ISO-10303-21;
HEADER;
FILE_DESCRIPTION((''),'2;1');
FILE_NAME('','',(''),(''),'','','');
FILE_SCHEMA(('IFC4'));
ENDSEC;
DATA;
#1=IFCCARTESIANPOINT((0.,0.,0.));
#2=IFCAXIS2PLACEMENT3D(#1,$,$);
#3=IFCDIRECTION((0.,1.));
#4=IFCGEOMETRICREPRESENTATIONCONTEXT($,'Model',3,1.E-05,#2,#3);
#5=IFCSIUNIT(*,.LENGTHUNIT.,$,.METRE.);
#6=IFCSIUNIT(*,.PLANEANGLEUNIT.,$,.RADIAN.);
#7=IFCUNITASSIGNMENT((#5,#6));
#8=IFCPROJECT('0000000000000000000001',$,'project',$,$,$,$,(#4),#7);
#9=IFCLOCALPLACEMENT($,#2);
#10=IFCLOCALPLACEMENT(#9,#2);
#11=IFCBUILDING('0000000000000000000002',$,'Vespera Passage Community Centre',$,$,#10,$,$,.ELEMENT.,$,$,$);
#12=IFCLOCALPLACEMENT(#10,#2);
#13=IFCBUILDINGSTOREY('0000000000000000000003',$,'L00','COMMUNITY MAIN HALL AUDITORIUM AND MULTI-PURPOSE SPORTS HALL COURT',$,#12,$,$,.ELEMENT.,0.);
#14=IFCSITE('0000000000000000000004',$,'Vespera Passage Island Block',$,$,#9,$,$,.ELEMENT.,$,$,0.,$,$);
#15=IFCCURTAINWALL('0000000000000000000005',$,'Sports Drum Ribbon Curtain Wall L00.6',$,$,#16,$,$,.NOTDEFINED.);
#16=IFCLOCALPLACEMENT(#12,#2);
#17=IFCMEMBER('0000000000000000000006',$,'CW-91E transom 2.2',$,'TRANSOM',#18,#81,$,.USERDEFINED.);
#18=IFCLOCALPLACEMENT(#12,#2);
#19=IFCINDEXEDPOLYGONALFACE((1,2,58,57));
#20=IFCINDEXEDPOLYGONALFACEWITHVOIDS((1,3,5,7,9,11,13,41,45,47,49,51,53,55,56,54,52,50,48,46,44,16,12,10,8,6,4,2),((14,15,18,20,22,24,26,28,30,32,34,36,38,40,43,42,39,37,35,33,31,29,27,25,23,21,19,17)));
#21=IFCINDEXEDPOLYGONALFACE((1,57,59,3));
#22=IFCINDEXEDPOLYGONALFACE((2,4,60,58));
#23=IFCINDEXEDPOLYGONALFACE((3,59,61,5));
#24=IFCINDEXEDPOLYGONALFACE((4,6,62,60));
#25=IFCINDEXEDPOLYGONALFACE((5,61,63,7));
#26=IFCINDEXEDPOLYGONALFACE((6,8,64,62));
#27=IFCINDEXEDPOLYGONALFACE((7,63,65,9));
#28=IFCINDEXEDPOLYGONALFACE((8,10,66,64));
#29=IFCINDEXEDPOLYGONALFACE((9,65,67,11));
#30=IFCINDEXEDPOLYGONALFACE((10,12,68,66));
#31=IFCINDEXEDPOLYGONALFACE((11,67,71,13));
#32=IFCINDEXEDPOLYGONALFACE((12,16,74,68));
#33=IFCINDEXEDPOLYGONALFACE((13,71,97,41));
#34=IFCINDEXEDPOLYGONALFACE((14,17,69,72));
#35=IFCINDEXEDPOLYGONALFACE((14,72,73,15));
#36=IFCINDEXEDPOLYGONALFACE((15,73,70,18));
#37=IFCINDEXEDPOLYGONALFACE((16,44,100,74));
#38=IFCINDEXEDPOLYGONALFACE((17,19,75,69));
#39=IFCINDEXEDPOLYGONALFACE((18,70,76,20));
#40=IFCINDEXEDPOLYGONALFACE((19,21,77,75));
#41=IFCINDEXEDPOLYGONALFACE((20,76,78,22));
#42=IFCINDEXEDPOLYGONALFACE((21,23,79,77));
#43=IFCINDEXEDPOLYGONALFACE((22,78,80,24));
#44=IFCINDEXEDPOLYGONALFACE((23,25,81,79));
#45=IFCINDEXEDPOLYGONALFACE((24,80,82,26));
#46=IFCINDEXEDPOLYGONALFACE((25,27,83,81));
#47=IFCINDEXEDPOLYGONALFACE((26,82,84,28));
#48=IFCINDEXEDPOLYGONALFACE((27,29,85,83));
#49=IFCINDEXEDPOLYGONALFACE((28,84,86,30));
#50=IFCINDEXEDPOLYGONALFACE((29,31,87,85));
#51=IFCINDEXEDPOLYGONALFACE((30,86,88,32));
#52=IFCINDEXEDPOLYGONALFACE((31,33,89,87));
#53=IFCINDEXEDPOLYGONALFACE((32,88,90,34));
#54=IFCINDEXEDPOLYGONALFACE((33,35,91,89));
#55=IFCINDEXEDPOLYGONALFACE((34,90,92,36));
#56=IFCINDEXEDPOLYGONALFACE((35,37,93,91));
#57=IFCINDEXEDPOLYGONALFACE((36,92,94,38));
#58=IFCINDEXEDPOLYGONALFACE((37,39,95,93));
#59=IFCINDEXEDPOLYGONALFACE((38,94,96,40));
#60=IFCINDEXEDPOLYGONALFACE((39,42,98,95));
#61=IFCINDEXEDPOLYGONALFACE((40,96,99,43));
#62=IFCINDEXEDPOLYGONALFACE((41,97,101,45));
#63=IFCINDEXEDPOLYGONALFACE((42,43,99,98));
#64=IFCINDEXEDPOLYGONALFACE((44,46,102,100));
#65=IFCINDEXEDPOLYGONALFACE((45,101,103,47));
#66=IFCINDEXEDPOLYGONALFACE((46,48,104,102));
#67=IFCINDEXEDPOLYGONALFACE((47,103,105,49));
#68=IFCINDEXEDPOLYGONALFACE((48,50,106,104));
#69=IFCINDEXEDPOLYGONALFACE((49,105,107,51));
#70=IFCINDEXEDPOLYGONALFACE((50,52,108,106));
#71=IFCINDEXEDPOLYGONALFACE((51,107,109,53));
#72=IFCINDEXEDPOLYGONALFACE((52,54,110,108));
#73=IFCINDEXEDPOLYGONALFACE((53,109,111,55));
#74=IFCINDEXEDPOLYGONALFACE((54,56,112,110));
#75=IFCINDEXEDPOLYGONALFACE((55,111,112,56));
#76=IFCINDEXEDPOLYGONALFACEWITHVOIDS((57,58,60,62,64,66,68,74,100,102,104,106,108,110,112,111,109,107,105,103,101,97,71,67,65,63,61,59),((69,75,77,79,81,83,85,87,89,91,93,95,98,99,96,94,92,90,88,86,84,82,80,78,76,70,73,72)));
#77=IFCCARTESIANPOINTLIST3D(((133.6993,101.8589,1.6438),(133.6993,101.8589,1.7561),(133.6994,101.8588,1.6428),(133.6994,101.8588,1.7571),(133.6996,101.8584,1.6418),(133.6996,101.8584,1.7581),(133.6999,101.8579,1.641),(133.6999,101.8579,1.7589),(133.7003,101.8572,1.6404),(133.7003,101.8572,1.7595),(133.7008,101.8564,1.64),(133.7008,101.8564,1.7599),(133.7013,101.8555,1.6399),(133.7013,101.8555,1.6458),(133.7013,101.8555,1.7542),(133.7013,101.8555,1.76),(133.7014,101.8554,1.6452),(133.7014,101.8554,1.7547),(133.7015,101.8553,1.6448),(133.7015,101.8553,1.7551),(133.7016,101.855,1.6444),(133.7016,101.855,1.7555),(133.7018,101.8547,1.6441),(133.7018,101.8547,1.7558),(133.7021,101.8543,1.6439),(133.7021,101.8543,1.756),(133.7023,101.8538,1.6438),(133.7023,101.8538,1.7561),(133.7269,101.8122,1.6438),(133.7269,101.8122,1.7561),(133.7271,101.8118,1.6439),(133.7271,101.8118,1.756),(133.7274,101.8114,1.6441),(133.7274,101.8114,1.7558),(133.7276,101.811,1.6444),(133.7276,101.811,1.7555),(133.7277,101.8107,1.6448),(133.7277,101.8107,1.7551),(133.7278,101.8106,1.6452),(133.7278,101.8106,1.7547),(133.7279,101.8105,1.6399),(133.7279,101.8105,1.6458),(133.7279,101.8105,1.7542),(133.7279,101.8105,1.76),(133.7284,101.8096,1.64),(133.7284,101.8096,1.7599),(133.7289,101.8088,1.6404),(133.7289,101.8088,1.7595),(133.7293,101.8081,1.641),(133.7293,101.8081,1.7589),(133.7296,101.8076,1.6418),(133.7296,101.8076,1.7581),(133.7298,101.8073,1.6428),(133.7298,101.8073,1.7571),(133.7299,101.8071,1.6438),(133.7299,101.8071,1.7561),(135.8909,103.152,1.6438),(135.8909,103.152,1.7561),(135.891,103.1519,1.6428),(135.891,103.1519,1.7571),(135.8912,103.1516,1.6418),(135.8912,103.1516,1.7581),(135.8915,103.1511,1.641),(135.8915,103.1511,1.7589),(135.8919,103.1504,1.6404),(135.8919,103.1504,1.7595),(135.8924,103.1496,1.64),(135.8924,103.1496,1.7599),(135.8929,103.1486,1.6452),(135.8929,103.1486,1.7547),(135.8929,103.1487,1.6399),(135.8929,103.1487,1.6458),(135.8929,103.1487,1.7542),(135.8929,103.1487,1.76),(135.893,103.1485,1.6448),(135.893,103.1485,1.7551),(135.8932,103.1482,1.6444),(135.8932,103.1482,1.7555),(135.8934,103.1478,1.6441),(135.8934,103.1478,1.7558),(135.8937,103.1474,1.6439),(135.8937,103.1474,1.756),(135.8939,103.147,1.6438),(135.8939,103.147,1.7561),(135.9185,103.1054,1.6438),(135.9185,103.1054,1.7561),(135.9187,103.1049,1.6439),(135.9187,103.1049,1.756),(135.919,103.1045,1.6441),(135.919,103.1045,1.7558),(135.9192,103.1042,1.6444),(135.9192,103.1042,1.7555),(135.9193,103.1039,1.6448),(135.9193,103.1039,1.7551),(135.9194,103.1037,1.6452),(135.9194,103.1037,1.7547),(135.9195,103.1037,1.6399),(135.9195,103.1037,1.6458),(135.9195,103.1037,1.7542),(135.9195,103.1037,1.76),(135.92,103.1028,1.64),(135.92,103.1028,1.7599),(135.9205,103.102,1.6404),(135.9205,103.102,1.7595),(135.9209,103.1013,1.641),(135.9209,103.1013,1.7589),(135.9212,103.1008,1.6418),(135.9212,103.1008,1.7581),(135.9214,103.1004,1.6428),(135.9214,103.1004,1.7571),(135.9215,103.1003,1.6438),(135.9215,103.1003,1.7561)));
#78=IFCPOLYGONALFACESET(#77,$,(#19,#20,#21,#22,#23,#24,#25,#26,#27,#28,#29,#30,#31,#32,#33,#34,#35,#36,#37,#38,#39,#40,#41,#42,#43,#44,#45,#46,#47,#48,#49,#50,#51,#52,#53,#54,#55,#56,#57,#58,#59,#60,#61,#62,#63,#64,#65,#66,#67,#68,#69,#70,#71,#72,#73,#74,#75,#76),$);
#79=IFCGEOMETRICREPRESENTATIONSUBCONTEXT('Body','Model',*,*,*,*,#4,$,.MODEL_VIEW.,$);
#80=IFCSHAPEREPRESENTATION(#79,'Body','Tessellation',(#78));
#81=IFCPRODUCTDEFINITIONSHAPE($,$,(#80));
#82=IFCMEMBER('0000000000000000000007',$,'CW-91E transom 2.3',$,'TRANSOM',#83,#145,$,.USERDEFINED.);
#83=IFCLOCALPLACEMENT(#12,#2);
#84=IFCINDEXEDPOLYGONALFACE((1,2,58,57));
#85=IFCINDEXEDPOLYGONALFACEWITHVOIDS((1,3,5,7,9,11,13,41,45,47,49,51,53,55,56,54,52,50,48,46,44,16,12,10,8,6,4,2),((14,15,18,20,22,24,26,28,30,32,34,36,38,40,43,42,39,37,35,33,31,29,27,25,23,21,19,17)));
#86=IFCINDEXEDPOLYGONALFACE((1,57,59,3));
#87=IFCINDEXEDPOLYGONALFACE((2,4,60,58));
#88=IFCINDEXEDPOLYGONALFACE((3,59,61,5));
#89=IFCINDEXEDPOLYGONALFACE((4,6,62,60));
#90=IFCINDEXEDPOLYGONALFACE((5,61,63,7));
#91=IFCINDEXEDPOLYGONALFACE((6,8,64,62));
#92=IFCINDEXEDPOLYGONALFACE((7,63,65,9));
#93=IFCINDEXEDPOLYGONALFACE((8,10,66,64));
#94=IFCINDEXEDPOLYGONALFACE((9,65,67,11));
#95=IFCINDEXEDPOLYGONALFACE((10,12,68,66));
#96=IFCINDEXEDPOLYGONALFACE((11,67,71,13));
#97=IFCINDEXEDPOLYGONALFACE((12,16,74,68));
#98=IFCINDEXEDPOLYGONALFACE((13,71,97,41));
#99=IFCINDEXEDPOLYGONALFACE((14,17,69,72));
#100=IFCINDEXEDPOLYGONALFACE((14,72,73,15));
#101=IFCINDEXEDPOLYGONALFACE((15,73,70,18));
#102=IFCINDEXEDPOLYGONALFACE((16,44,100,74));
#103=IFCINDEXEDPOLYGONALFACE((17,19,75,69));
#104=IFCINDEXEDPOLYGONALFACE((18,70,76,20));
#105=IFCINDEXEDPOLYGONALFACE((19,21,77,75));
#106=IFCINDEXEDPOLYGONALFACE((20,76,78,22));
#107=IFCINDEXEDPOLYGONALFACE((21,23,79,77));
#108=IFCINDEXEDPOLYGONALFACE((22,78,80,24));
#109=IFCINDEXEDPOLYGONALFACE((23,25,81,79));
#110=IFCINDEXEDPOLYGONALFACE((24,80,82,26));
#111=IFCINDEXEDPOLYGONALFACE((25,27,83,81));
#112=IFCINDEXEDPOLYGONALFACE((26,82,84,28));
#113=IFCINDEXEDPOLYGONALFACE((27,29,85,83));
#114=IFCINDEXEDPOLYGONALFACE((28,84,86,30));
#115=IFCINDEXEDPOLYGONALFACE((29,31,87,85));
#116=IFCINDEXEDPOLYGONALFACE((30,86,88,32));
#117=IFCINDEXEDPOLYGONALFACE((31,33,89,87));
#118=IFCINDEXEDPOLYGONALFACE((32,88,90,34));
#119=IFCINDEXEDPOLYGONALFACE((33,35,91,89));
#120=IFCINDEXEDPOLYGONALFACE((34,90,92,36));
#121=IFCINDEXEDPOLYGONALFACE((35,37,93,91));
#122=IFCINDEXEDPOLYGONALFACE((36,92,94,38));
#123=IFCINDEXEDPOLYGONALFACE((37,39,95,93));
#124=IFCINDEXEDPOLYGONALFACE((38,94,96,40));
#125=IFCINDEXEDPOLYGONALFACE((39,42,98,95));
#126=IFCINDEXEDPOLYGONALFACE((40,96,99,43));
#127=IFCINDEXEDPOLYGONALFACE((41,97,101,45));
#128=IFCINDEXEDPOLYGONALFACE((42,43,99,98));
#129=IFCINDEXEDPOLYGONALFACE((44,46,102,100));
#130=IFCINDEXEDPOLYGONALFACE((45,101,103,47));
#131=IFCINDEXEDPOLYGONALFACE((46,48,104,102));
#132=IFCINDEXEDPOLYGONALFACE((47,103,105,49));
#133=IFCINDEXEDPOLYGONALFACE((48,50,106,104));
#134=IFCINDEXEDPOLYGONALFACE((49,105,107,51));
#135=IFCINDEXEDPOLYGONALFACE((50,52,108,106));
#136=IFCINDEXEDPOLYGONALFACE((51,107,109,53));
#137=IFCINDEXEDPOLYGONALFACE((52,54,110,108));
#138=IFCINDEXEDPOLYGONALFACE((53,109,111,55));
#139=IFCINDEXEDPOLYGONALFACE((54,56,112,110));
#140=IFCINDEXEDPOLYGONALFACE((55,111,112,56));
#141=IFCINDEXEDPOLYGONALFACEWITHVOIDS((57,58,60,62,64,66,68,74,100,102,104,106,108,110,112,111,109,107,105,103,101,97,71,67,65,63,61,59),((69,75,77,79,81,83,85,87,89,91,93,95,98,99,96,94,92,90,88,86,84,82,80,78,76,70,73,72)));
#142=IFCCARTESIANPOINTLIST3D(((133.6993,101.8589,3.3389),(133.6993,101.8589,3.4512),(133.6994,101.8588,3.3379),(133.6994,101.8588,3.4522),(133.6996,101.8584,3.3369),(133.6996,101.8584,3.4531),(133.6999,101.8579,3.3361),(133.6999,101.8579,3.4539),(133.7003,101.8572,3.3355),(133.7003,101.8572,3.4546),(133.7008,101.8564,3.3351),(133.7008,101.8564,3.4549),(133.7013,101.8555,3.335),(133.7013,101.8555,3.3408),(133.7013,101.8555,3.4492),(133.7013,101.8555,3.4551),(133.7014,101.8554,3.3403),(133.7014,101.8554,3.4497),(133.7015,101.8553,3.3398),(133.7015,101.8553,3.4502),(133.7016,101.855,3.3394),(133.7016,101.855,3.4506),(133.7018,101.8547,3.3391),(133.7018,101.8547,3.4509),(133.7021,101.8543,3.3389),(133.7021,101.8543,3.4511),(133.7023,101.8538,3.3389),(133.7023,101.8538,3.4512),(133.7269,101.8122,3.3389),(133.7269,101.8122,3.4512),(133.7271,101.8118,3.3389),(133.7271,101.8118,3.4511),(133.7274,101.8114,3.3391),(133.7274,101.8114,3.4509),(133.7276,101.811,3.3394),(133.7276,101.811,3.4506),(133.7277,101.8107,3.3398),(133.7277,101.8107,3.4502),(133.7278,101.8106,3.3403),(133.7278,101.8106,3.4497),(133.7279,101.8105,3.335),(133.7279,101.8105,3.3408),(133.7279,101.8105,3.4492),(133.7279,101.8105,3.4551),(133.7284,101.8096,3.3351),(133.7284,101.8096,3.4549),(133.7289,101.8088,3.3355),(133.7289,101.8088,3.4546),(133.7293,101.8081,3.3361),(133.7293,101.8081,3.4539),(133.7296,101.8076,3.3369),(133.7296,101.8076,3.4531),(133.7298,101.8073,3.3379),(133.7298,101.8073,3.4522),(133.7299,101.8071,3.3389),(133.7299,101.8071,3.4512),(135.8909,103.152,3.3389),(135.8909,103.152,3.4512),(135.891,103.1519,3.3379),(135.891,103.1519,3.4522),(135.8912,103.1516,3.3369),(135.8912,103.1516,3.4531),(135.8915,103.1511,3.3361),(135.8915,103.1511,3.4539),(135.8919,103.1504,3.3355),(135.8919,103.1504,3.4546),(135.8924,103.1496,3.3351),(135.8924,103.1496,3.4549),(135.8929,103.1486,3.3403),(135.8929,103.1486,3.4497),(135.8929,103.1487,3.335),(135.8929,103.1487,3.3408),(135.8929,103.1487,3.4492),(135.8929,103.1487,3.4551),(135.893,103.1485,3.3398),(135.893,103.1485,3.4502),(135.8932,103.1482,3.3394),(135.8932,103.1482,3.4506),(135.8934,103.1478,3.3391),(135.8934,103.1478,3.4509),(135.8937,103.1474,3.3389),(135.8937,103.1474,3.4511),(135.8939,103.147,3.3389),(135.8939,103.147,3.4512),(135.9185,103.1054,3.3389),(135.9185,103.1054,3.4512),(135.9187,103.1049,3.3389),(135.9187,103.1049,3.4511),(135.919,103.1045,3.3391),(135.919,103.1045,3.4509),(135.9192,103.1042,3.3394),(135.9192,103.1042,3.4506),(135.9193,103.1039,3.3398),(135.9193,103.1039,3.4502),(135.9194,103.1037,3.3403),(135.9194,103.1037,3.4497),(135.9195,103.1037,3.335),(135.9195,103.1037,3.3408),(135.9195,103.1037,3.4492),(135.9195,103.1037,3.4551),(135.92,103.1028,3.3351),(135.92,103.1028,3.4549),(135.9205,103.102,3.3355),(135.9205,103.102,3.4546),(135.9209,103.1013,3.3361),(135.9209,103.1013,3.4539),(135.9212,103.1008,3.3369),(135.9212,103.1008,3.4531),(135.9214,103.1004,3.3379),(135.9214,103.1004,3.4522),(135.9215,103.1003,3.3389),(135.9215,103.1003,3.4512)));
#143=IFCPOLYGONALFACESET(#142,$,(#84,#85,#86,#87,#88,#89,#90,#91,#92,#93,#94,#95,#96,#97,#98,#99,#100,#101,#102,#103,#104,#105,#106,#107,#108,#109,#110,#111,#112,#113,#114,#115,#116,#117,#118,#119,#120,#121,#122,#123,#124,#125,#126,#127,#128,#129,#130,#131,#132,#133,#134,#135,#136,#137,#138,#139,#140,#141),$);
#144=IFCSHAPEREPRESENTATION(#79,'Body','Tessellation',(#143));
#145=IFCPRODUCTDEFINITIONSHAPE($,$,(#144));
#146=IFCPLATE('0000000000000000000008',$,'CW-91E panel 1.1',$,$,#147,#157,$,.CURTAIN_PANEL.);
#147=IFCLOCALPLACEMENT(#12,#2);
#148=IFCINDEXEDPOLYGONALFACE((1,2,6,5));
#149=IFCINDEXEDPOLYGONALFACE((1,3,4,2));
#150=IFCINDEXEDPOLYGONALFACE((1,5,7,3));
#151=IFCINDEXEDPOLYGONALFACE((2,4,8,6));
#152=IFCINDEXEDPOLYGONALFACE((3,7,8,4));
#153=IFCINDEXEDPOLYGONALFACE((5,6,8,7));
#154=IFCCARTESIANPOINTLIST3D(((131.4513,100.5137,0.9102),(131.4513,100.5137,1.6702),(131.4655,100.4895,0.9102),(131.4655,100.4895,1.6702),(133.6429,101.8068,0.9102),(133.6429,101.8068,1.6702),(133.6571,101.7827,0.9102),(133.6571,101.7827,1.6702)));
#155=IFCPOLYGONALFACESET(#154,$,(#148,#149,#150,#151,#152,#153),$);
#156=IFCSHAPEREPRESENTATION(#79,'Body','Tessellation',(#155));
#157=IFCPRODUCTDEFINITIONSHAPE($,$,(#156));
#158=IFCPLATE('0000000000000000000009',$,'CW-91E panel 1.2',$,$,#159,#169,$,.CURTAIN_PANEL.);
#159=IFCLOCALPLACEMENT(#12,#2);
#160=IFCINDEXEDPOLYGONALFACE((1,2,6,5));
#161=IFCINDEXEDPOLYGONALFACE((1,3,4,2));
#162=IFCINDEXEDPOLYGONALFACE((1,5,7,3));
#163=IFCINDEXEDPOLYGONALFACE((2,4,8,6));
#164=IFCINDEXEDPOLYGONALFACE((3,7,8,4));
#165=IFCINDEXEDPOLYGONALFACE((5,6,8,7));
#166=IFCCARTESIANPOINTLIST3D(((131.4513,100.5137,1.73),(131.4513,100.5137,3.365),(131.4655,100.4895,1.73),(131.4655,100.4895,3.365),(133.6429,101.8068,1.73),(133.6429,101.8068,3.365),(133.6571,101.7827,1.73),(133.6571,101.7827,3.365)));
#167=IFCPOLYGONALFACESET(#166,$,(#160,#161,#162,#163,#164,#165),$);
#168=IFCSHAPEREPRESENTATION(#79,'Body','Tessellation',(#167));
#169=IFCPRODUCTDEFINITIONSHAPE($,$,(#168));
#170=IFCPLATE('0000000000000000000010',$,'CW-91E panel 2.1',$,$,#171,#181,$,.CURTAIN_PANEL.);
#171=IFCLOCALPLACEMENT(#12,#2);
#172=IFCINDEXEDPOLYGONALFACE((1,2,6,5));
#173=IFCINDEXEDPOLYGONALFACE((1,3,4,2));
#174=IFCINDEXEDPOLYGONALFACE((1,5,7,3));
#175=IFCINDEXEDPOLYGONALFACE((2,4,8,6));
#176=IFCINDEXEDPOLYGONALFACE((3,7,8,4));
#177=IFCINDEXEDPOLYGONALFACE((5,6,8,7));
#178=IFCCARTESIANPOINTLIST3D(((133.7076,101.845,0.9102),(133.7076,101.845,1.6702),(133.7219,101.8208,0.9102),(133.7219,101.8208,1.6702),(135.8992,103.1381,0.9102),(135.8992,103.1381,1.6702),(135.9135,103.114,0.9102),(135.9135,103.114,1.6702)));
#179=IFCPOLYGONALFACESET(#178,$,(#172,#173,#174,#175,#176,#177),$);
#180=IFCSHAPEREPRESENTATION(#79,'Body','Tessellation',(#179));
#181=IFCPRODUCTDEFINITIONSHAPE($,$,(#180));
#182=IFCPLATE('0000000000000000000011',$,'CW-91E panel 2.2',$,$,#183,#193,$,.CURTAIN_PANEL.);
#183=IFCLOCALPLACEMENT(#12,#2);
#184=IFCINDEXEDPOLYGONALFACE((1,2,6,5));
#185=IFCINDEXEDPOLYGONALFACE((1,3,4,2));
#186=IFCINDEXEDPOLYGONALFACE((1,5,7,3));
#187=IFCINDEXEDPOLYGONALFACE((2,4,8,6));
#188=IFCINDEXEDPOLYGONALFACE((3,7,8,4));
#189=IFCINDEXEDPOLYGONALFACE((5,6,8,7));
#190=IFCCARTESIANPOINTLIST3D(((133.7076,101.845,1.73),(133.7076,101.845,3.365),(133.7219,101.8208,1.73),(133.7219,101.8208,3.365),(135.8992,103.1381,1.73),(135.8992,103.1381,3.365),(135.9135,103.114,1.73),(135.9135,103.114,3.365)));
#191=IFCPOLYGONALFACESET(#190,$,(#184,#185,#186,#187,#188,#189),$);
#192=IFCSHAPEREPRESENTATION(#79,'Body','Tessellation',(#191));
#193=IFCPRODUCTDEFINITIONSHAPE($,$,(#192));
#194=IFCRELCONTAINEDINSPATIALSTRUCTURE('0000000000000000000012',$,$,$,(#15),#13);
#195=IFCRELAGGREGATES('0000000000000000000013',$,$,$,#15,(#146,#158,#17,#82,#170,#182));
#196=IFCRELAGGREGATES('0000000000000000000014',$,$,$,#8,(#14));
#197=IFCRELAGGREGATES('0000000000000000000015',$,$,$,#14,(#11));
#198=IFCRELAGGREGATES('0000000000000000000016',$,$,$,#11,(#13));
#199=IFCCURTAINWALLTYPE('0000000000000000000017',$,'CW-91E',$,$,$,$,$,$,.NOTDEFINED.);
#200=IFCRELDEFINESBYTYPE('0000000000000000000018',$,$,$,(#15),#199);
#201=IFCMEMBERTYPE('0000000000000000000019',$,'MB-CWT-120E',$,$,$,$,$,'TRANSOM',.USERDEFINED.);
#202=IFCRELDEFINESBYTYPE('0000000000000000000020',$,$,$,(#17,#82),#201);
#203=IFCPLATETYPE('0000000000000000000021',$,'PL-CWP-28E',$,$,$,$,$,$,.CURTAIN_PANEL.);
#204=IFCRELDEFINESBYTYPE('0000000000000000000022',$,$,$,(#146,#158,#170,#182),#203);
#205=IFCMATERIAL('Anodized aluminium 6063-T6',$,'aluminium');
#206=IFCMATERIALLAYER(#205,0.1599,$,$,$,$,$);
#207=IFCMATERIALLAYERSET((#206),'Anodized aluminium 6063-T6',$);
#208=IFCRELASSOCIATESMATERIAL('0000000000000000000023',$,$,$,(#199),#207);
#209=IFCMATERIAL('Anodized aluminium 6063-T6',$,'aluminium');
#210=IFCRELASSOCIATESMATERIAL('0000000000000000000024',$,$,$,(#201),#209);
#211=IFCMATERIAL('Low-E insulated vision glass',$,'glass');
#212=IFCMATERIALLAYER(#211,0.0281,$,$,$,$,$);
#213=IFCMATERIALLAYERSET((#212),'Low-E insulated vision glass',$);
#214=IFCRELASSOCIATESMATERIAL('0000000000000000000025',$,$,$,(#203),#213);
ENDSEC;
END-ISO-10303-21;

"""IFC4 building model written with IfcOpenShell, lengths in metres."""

from ifc_helpers import new_model, si_unit, direction, frame, origin, origin_2d, place, context, subcontext, project, spatial, rectangle, hollow_rectangle, extrude, material, layer, layer_set, material_profile, profile_set, type_object, element, aggregate, save


model = new_model("IFC4")

# Units and contexts
model_context = context("Model", 3, precision=1e-05, world=origin(), true_north=direction((0.0, 1.0)))
body_context = subcontext(model_context, "Body", "Model", "MODEL_VIEW")
ifc_project = project(units=[si_unit("LENGTHUNIT", "METRE"), si_unit("PLANEANGLEUNIT", "RADIAN")], contexts=[model_context])

# Site, building, storey
site_placement = place(None, origin())
site = spatial("IfcSite", under=ifc_project, at=site_placement, Name="Vespera Passage Island Block", CompositionType="ELEMENT", RefElevation=0.0)
building_placement = place(site_placement, origin())
building = spatial("IfcBuilding", under=site, at=building_placement, Name="Vespera Passage Community Centre", CompositionType="ELEMENT")
storey_placement = place(building_placement, origin())
storey = spatial("IfcBuildingStorey", under=building, at=storey_placement, Name="L00", Description="COMMUNITY MAIN HALL AUDITORIUM AND MULTI-PURPOSE SPORTS HALL COURT", CompositionType="ELEMENT", Elevation=0.0)

# Curtain wall, members, plates
ifc_material_1 = material(Name="Anodized aluminium 6063-T6", Category="aluminium")
ifc_layer_1 = layer(ifc_material_1, 0.1599)
ifc_layer_set_1 = layer_set([ifc_layer_1], Name="Anodized aluminium 6063-T6")
curtain_wall_type = type_object("IfcCurtainWallType", Name="CW-91E", PredefinedType="NOTDEFINED", material=ifc_layer_set_1)
curtain_wall_placement = place(storey_placement, origin())
curtain_wall = element("IfcCurtainWall", 1, at=curtain_wall_placement, inside=storey, type_object=curtain_wall_type, Name="Sports Drum Ribbon Curtain Wall L00.6", PredefinedType="NOTDEFINED")
ifc_material_2 = material(Name="Anodized aluminium 6063-T6", Category="aluminium")
ifc_material_profile_1 = material_profile(ifc_material_2, hollow_rectangle(XDim=0.0601, YDim=0.1201, WallThickness=0.0039, InnerFilletRadius=0.002, OuterFilletRadius=0.0039, at=origin_2d()), Name="ALU120X60X4")
ifc_profile_set_1 = profile_set([ifc_material_profile_1], Name="Anodized aluminium 6063-T6")
member_type_1 = type_object("IfcMemberType", Name="MB-CWT-120E", ElementType="TRANSOM", PredefinedType="USERDEFINED", material=ifc_profile_set_1)
member_1_placement = place(storey_placement, frame((133.7146, 101.833, 1.7), z_axis=(0.861245, 0.508189, 0.0), x_axis=(-0.508189, 0.861245, 0.0)))
member_1 = element("IfcMember", 2, at=member_1_placement, type_object=member_type_1, Name="CW-91E transom 2.2", ObjectType="TRANSOM", PredefinedType="USERDEFINED", context=body_context, shape_type="SweptSolid", body=[
    extrude(hollow_rectangle(XDim=0.0601, YDim=0.1201, WallThickness=0.0039, InnerFilletRadius=0.002, OuterFilletRadius=0.0039, at=origin_2d()), origin(), (0.0, 0.0, 1.0), 2.5447),
])
member_2_placement = place(storey_placement, frame((133.7146, 101.833, 3.395), z_axis=(0.861245, 0.508189, 0.0), x_axis=(-0.508189, 0.861245, 0.0)))
member_2 = element("IfcMember", 3, at=member_2_placement, type_object=member_type_1, Name="CW-91E transom 2.3", ObjectType="TRANSOM", PredefinedType="USERDEFINED", context=body_context, shape_type="SweptSolid", body=[
    extrude(hollow_rectangle(XDim=0.0601, YDim=0.1201, WallThickness=0.0039, InnerFilletRadius=0.002, OuterFilletRadius=0.0039, at=origin_2d()), origin(), (0.0, 0.0, 1.0), 2.5447),
])
ifc_material_3 = material(Name="Low-E insulated vision glass", Category="glass")
ifc_layer_2 = layer(ifc_material_3, 0.0281)
ifc_layer_set_2 = layer_set([ifc_layer_2], Name="Low-E insulated vision glass")
plate_type = type_object("IfcPlateType", Name="PL-CWP-28E", PredefinedType="CURTAIN_PANEL", material=ifc_layer_set_2)
plate_1_placement = place(storey_placement, frame((132.5542, 101.1482, 0.9102), z_axis=(0.0, 0.0, 1.0), x_axis=(0.861257, 0.50817, 0.0)))
plate_1 = element("IfcPlate", 4, at=plate_1_placement, type_object=plate_type, Name="CW-91E panel 1.1", PredefinedType="CURTAIN_PANEL", context=body_context, shape_type="SweptSolid", body=[
    extrude(rectangle(XDim=2.5447, YDim=0.0281, at=origin_2d()), origin(), (0.0, 0.0, 1.0), 0.76),
])
plate_2_placement = place(storey_placement, frame((132.5542, 101.1482, 1.73), z_axis=(0.0, 0.0, 1.0), x_axis=(0.861257, 0.50817, 0.0)))
plate_2 = element("IfcPlate", 5, at=plate_2_placement, type_object=plate_type, Name="CW-91E panel 1.2", PredefinedType="CURTAIN_PANEL", context=body_context, shape_type="SweptSolid", body=[
    extrude(rectangle(XDim=2.5447, YDim=0.0281, at=origin_2d()), origin(), (0.0, 0.0, 1.0), 1.635),
])
plate_3_placement = place(storey_placement, frame((134.8105, 102.4795, 0.9102), z_axis=(0.0, 0.0, 1.0), x_axis=(0.861257, 0.50817, 0.0)))
plate_3 = element("IfcPlate", 6, at=plate_3_placement, type_object=plate_type, Name="CW-91E panel 2.1", PredefinedType="CURTAIN_PANEL", context=body_context, shape_type="SweptSolid", body=[
    extrude(rectangle(XDim=2.5447, YDim=0.0281, at=origin_2d()), origin(), (0.0, 0.0, 1.0), 0.76),
])
plate_4_placement = place(storey_placement, frame((134.8105, 102.4795, 1.73), z_axis=(0.0, 0.0, 1.0), x_axis=(0.861257, 0.50817, 0.0)))
plate_4 = element("IfcPlate", 7, at=plate_4_placement, type_object=plate_type, Name="CW-91E panel 2.2", PredefinedType="CURTAIN_PANEL", context=body_context, shape_type="SweptSolid", body=[
    extrude(rectangle(XDim=2.5447, YDim=0.0281, at=origin_2d()), origin(), (0.0, 0.0, 1.0), 1.635),
])
aggregate(curtain_wall, [plate_1, plate_2, member_1, member_2, plate_3, plate_4])

save(model, "model.ifc")
